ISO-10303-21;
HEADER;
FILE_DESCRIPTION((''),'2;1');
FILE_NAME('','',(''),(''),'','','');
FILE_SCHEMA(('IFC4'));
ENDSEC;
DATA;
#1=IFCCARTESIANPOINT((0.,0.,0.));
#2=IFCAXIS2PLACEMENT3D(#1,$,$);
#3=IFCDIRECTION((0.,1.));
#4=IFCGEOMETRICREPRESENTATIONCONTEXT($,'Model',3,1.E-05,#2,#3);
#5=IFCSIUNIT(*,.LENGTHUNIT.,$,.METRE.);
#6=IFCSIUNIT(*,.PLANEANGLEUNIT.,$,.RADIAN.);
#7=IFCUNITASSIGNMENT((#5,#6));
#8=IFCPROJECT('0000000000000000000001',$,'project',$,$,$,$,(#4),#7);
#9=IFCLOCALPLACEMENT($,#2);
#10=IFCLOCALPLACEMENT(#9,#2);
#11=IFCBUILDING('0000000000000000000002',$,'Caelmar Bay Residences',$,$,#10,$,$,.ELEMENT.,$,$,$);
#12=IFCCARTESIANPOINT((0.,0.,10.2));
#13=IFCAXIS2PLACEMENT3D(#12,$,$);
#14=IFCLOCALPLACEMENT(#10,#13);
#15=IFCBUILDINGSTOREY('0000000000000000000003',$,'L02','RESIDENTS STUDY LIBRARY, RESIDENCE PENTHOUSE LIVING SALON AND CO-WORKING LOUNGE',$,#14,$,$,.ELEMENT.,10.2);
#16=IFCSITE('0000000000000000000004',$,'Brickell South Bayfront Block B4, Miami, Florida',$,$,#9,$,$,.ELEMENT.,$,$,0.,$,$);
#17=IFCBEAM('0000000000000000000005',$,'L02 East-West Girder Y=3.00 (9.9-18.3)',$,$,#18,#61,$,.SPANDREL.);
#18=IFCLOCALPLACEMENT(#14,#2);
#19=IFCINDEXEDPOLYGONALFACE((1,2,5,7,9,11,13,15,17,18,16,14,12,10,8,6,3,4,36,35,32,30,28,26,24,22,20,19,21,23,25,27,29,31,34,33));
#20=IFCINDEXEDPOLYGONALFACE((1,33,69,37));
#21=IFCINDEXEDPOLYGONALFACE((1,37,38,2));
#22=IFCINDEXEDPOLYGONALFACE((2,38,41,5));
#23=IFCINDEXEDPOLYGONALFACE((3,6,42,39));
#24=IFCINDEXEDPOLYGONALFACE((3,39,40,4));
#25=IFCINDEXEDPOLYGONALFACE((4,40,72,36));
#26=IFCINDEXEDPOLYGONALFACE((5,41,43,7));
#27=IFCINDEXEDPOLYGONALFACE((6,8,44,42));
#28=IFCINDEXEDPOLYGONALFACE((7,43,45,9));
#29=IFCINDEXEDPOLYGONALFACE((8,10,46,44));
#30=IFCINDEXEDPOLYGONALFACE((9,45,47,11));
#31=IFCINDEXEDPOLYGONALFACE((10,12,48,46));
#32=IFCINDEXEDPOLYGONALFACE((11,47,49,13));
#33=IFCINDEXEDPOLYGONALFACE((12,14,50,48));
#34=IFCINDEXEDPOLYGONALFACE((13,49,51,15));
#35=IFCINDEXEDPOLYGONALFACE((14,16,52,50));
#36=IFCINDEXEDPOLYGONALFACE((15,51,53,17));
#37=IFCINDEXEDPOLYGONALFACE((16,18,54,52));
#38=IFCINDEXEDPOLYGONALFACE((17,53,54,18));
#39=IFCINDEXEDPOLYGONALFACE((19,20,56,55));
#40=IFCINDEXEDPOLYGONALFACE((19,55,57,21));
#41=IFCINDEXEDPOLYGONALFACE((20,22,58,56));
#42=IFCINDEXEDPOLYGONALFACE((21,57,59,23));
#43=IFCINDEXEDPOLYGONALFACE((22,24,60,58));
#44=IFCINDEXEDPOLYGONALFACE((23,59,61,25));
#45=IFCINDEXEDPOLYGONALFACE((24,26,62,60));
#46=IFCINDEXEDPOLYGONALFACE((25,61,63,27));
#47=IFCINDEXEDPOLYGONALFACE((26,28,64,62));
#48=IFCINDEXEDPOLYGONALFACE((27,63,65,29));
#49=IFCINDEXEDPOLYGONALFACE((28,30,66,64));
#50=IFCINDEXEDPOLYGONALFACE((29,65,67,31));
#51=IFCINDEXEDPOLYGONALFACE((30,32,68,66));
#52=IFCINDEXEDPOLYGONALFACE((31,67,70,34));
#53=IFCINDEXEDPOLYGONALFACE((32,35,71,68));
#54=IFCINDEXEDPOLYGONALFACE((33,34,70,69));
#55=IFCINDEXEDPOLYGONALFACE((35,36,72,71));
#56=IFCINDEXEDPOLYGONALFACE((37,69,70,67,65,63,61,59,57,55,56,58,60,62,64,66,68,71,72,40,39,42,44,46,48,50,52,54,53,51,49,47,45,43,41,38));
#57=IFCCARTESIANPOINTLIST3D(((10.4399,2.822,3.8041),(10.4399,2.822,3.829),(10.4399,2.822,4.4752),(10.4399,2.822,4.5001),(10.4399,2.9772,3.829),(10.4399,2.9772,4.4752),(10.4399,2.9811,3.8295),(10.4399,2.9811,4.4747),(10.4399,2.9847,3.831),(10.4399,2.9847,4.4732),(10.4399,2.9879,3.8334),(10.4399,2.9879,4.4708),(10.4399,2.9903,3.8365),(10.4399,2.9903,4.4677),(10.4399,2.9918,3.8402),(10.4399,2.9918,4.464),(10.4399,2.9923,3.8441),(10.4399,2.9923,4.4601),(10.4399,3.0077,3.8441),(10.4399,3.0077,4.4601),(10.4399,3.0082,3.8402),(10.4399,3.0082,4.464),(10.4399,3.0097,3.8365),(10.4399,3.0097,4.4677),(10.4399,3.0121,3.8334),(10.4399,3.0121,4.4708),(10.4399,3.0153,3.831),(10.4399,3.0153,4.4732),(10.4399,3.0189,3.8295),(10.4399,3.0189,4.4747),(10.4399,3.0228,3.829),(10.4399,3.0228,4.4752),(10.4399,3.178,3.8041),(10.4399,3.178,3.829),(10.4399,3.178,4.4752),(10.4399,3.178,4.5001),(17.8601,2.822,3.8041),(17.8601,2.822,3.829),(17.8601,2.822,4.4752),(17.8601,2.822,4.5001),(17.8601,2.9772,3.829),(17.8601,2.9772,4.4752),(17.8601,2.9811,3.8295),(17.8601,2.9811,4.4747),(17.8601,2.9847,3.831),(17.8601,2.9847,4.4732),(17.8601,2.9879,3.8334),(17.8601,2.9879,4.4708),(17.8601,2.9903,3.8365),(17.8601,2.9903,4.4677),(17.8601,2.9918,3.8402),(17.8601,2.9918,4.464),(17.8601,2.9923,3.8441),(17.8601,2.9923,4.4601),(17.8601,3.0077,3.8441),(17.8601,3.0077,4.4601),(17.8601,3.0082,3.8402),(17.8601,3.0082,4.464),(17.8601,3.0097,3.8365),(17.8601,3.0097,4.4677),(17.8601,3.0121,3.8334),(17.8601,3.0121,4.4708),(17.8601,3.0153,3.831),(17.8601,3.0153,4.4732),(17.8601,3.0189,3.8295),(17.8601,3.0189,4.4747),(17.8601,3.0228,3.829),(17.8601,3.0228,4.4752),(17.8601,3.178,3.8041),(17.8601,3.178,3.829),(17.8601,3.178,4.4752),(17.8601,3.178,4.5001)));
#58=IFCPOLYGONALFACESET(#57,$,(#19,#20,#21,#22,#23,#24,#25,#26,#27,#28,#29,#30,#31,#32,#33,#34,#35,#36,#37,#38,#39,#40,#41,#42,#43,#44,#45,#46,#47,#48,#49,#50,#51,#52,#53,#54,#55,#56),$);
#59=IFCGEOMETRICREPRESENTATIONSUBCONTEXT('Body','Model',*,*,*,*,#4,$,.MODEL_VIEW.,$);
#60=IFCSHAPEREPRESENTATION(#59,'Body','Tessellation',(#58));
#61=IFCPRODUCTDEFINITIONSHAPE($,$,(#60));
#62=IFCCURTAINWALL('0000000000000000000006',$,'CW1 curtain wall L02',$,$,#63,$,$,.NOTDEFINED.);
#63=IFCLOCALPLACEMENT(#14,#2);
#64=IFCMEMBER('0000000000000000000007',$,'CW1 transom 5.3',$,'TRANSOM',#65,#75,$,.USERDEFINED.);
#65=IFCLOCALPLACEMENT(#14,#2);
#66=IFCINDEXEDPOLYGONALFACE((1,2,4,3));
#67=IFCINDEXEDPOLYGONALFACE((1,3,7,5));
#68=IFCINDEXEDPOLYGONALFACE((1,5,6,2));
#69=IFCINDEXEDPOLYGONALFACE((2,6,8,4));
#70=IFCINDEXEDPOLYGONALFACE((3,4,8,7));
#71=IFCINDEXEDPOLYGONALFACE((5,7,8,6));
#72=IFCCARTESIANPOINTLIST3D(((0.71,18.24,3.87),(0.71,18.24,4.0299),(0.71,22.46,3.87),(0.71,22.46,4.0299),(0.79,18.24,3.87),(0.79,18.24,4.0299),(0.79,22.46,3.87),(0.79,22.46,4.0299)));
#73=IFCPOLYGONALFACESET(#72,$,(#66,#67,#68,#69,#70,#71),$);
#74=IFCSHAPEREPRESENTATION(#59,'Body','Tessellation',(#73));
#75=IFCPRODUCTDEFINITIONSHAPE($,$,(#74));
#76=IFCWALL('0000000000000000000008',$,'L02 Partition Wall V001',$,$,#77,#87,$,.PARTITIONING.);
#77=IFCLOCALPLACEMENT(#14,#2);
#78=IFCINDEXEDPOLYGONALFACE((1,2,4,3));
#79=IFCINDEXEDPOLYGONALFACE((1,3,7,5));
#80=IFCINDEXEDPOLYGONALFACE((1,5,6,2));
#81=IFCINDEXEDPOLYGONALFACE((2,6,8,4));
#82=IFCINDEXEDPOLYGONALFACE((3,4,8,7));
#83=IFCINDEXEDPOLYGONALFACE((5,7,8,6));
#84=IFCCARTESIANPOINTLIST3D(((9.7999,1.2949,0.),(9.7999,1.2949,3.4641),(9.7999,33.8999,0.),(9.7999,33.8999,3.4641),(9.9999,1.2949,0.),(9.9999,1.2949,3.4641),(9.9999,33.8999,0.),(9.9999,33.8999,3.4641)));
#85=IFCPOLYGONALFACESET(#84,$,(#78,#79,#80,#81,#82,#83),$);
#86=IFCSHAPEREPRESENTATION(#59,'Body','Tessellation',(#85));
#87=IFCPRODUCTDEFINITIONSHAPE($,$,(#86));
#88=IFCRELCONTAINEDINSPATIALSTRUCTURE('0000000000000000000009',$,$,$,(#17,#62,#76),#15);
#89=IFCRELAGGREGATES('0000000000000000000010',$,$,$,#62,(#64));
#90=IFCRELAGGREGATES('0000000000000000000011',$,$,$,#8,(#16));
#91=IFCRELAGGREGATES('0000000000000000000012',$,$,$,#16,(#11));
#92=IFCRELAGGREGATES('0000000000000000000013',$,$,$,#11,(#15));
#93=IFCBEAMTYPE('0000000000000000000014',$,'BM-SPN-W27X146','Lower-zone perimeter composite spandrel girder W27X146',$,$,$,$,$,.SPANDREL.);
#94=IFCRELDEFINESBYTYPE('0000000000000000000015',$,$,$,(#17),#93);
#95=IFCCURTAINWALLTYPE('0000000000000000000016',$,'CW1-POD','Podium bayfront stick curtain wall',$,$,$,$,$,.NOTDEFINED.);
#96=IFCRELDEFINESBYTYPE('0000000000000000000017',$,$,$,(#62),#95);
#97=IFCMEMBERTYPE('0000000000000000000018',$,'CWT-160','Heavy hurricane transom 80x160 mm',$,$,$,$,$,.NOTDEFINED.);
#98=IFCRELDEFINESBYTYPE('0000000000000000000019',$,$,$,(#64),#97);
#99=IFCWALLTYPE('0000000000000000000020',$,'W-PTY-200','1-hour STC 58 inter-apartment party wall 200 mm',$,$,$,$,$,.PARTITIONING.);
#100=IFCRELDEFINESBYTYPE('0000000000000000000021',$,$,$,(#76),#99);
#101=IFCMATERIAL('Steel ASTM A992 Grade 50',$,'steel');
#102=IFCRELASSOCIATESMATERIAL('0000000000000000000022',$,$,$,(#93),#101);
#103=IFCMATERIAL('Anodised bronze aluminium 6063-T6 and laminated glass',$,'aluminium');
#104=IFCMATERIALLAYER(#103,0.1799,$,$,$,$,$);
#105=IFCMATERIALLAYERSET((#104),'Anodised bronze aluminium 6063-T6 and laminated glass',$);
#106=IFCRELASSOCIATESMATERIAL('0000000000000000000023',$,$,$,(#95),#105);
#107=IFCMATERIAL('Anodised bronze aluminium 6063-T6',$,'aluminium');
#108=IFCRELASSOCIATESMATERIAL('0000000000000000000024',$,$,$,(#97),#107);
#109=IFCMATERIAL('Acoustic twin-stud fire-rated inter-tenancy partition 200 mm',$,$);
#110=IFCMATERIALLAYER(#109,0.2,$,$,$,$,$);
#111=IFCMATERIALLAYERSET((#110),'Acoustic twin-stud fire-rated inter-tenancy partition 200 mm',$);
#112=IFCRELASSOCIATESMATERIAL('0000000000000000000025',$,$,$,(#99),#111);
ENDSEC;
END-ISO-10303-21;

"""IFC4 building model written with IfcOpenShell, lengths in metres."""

from ifc_helpers import new_model, si_unit, direction, frame, frame_2d, origin, origin_2d, place, context, subcontext, project, spatial, rectangle, i_section, extrude, material, layer, layer_set, material_profile, profile_set, type_object, element, aggregate, save


model = new_model("IFC4")

# Units and contexts
model_context = context("Model", 3, precision=1e-05, world=origin(), true_north=direction((0.0, 1.0)))
body_context = subcontext(model_context, "Body", "Model", "MODEL_VIEW")
ifc_project = project(units=[si_unit("LENGTHUNIT", "METRE"), si_unit("PLANEANGLEUNIT", "RADIAN")], contexts=[model_context])

# Site, building, storey
site_placement = place(None, origin())
site = spatial("IfcSite", under=ifc_project, at=site_placement, Name="Brickell South Bayfront Block B4, Miami, Florida", CompositionType="ELEMENT", RefElevation=0.0)
building_placement = place(site_placement, origin())
building = spatial("IfcBuilding", under=site, at=building_placement, Name="Caelmar Bay Residences", CompositionType="ELEMENT")
storey_placement = place(building_placement, frame((0.0, 0.0, 10.2)))
storey = spatial("IfcBuildingStorey", under=building, at=storey_placement, Name="L02", Description="RESIDENTS STUDY LIBRARY, RESIDENCE PENTHOUSE LIVING SALON AND CO-WORKING LOUNGE", CompositionType="ELEMENT", Elevation=10.2)

# Beam
ifc_material_1 = material(Name="Steel ASTM A992 Grade 50", Category="steel")
ifc_material_profile_1 = material_profile(ifc_material_1, i_section(OverallWidth=0.356, OverallDepth=0.696, WebThickness=0.0154, FlangeThickness=0.0249, FilletRadius=0.0151, at=origin_2d()), Name="W27X146")
ifc_profile_set_1 = profile_set([ifc_material_profile_1], Name="Steel ASTM A992 Grade 50")
beam_type_1 = type_object("IfcBeamType", Name="BM-SPN-W27X146", Description="Lower-zone perimeter composite spandrel girder W27X146", PredefinedType="SPANDREL", material=ifc_profile_set_1)
beam_1_placement = place(storey_placement, frame((10.4399, 3.0, 4.1521), z_axis=(1.0, 0.0, 0.0), x_axis=(0.0, 1.0, 0.0)))
element("IfcBeam", 1, at=beam_1_placement, inside=storey, type_object=beam_type_1, Name="L02 East-West Girder Y=3.00 (9.9-18.3)", PredefinedType="SPANDREL", context=body_context, shape_type="SweptSolid", body=[
    extrude(i_section(OverallWidth=0.356, OverallDepth=0.696, WebThickness=0.0154, FlangeThickness=0.0249, FilletRadius=0.0151, at=origin_2d()), origin(), (0.0, 0.0, 1.0), 7.4202),
])

# Curtain wall, member
ifc_material_2 = material(Name="Anodised bronze aluminium 6063-T6 and laminated glass", Category="aluminium")
ifc_layer_1 = layer(ifc_material_2, 0.1799)
ifc_layer_set_1 = layer_set([ifc_layer_1], Name="Anodised bronze aluminium 6063-T6 and laminated glass")
curtain_wall_type = type_object("IfcCurtainWallType", Name="CW1-POD", Description="Podium bayfront stick curtain wall", PredefinedType="NOTDEFINED", material=ifc_layer_set_1)
curtain_wall_placement = place(storey_placement, origin())
curtain_wall = element("IfcCurtainWall", 2, at=curtain_wall_placement, inside=storey, type_object=curtain_wall_type, Name="CW1 curtain wall L02", PredefinedType="NOTDEFINED")
ifc_material_3 = material(Name="Anodised bronze aluminium 6063-T6", Category="aluminium")
ifc_material_profile_2 = material_profile(ifc_material_3, rectangle(XDim=0.0801, YDim=0.1599, at=origin_2d()), Name="CWT-80X160")
ifc_profile_set_2 = profile_set([ifc_material_profile_2], Name="Anodised bronze aluminium 6063-T6")
member_type = type_object("IfcMemberType", Name="CWT-160", Description="Heavy hurricane transom 80x160 mm", PredefinedType="NOTDEFINED", material=ifc_profile_set_2)
member_placement = place(storey_placement, frame((0.75, 18.24, 3.95), z_axis=(0.0, 1.0, 0.0), x_axis=(-1.0, 0.0, 0.0)))
member = element("IfcMember", 3, at=member_placement, type_object=member_type, Name="CW1 transom 5.3", ObjectType="TRANSOM", PredefinedType="USERDEFINED", context=body_context, shape_type="SweptSolid", body=[
    extrude(rectangle(XDim=0.0801, YDim=0.1599, at=origin_2d()), origin(), (0.0, 0.0, 1.0), 4.22),
])
aggregate(curtain_wall, [member])

# Wall
ifc_material_4 = material(Name="Acoustic twin-stud fire-rated inter-tenancy partition 200 mm")
ifc_layer_2 = layer(ifc_material_4, 0.2)
ifc_layer_set_2 = layer_set([ifc_layer_2], Name="Acoustic twin-stud fire-rated inter-tenancy partition 200 mm")
wall_type = type_object("IfcWallType", Name="W-PTY-200", Description="1-hour STC 58 inter-apartment party wall 200 mm", PredefinedType="PARTITIONING", material=ifc_layer_set_2)
wall_placement = place(storey_placement, frame((9.8999, 1.2949, 0.0), z_axis=(0.0, 0.0, 1.0), x_axis=(0.0, 1.0, 0.0)))
element("IfcWall", 4, at=wall_placement, inside=storey, type_object=wall_type, Name="L02 Partition Wall V001", PredefinedType="PARTITIONING", context=body_context, shape_type="SweptSolid", body=[
    extrude(rectangle(XDim=32.605, YDim=0.2, at=frame_2d((16.3025, 0.0))), origin(), (0.0, 0.0, 1.0), 3.4641),
])

save(model, "model.ifc")
